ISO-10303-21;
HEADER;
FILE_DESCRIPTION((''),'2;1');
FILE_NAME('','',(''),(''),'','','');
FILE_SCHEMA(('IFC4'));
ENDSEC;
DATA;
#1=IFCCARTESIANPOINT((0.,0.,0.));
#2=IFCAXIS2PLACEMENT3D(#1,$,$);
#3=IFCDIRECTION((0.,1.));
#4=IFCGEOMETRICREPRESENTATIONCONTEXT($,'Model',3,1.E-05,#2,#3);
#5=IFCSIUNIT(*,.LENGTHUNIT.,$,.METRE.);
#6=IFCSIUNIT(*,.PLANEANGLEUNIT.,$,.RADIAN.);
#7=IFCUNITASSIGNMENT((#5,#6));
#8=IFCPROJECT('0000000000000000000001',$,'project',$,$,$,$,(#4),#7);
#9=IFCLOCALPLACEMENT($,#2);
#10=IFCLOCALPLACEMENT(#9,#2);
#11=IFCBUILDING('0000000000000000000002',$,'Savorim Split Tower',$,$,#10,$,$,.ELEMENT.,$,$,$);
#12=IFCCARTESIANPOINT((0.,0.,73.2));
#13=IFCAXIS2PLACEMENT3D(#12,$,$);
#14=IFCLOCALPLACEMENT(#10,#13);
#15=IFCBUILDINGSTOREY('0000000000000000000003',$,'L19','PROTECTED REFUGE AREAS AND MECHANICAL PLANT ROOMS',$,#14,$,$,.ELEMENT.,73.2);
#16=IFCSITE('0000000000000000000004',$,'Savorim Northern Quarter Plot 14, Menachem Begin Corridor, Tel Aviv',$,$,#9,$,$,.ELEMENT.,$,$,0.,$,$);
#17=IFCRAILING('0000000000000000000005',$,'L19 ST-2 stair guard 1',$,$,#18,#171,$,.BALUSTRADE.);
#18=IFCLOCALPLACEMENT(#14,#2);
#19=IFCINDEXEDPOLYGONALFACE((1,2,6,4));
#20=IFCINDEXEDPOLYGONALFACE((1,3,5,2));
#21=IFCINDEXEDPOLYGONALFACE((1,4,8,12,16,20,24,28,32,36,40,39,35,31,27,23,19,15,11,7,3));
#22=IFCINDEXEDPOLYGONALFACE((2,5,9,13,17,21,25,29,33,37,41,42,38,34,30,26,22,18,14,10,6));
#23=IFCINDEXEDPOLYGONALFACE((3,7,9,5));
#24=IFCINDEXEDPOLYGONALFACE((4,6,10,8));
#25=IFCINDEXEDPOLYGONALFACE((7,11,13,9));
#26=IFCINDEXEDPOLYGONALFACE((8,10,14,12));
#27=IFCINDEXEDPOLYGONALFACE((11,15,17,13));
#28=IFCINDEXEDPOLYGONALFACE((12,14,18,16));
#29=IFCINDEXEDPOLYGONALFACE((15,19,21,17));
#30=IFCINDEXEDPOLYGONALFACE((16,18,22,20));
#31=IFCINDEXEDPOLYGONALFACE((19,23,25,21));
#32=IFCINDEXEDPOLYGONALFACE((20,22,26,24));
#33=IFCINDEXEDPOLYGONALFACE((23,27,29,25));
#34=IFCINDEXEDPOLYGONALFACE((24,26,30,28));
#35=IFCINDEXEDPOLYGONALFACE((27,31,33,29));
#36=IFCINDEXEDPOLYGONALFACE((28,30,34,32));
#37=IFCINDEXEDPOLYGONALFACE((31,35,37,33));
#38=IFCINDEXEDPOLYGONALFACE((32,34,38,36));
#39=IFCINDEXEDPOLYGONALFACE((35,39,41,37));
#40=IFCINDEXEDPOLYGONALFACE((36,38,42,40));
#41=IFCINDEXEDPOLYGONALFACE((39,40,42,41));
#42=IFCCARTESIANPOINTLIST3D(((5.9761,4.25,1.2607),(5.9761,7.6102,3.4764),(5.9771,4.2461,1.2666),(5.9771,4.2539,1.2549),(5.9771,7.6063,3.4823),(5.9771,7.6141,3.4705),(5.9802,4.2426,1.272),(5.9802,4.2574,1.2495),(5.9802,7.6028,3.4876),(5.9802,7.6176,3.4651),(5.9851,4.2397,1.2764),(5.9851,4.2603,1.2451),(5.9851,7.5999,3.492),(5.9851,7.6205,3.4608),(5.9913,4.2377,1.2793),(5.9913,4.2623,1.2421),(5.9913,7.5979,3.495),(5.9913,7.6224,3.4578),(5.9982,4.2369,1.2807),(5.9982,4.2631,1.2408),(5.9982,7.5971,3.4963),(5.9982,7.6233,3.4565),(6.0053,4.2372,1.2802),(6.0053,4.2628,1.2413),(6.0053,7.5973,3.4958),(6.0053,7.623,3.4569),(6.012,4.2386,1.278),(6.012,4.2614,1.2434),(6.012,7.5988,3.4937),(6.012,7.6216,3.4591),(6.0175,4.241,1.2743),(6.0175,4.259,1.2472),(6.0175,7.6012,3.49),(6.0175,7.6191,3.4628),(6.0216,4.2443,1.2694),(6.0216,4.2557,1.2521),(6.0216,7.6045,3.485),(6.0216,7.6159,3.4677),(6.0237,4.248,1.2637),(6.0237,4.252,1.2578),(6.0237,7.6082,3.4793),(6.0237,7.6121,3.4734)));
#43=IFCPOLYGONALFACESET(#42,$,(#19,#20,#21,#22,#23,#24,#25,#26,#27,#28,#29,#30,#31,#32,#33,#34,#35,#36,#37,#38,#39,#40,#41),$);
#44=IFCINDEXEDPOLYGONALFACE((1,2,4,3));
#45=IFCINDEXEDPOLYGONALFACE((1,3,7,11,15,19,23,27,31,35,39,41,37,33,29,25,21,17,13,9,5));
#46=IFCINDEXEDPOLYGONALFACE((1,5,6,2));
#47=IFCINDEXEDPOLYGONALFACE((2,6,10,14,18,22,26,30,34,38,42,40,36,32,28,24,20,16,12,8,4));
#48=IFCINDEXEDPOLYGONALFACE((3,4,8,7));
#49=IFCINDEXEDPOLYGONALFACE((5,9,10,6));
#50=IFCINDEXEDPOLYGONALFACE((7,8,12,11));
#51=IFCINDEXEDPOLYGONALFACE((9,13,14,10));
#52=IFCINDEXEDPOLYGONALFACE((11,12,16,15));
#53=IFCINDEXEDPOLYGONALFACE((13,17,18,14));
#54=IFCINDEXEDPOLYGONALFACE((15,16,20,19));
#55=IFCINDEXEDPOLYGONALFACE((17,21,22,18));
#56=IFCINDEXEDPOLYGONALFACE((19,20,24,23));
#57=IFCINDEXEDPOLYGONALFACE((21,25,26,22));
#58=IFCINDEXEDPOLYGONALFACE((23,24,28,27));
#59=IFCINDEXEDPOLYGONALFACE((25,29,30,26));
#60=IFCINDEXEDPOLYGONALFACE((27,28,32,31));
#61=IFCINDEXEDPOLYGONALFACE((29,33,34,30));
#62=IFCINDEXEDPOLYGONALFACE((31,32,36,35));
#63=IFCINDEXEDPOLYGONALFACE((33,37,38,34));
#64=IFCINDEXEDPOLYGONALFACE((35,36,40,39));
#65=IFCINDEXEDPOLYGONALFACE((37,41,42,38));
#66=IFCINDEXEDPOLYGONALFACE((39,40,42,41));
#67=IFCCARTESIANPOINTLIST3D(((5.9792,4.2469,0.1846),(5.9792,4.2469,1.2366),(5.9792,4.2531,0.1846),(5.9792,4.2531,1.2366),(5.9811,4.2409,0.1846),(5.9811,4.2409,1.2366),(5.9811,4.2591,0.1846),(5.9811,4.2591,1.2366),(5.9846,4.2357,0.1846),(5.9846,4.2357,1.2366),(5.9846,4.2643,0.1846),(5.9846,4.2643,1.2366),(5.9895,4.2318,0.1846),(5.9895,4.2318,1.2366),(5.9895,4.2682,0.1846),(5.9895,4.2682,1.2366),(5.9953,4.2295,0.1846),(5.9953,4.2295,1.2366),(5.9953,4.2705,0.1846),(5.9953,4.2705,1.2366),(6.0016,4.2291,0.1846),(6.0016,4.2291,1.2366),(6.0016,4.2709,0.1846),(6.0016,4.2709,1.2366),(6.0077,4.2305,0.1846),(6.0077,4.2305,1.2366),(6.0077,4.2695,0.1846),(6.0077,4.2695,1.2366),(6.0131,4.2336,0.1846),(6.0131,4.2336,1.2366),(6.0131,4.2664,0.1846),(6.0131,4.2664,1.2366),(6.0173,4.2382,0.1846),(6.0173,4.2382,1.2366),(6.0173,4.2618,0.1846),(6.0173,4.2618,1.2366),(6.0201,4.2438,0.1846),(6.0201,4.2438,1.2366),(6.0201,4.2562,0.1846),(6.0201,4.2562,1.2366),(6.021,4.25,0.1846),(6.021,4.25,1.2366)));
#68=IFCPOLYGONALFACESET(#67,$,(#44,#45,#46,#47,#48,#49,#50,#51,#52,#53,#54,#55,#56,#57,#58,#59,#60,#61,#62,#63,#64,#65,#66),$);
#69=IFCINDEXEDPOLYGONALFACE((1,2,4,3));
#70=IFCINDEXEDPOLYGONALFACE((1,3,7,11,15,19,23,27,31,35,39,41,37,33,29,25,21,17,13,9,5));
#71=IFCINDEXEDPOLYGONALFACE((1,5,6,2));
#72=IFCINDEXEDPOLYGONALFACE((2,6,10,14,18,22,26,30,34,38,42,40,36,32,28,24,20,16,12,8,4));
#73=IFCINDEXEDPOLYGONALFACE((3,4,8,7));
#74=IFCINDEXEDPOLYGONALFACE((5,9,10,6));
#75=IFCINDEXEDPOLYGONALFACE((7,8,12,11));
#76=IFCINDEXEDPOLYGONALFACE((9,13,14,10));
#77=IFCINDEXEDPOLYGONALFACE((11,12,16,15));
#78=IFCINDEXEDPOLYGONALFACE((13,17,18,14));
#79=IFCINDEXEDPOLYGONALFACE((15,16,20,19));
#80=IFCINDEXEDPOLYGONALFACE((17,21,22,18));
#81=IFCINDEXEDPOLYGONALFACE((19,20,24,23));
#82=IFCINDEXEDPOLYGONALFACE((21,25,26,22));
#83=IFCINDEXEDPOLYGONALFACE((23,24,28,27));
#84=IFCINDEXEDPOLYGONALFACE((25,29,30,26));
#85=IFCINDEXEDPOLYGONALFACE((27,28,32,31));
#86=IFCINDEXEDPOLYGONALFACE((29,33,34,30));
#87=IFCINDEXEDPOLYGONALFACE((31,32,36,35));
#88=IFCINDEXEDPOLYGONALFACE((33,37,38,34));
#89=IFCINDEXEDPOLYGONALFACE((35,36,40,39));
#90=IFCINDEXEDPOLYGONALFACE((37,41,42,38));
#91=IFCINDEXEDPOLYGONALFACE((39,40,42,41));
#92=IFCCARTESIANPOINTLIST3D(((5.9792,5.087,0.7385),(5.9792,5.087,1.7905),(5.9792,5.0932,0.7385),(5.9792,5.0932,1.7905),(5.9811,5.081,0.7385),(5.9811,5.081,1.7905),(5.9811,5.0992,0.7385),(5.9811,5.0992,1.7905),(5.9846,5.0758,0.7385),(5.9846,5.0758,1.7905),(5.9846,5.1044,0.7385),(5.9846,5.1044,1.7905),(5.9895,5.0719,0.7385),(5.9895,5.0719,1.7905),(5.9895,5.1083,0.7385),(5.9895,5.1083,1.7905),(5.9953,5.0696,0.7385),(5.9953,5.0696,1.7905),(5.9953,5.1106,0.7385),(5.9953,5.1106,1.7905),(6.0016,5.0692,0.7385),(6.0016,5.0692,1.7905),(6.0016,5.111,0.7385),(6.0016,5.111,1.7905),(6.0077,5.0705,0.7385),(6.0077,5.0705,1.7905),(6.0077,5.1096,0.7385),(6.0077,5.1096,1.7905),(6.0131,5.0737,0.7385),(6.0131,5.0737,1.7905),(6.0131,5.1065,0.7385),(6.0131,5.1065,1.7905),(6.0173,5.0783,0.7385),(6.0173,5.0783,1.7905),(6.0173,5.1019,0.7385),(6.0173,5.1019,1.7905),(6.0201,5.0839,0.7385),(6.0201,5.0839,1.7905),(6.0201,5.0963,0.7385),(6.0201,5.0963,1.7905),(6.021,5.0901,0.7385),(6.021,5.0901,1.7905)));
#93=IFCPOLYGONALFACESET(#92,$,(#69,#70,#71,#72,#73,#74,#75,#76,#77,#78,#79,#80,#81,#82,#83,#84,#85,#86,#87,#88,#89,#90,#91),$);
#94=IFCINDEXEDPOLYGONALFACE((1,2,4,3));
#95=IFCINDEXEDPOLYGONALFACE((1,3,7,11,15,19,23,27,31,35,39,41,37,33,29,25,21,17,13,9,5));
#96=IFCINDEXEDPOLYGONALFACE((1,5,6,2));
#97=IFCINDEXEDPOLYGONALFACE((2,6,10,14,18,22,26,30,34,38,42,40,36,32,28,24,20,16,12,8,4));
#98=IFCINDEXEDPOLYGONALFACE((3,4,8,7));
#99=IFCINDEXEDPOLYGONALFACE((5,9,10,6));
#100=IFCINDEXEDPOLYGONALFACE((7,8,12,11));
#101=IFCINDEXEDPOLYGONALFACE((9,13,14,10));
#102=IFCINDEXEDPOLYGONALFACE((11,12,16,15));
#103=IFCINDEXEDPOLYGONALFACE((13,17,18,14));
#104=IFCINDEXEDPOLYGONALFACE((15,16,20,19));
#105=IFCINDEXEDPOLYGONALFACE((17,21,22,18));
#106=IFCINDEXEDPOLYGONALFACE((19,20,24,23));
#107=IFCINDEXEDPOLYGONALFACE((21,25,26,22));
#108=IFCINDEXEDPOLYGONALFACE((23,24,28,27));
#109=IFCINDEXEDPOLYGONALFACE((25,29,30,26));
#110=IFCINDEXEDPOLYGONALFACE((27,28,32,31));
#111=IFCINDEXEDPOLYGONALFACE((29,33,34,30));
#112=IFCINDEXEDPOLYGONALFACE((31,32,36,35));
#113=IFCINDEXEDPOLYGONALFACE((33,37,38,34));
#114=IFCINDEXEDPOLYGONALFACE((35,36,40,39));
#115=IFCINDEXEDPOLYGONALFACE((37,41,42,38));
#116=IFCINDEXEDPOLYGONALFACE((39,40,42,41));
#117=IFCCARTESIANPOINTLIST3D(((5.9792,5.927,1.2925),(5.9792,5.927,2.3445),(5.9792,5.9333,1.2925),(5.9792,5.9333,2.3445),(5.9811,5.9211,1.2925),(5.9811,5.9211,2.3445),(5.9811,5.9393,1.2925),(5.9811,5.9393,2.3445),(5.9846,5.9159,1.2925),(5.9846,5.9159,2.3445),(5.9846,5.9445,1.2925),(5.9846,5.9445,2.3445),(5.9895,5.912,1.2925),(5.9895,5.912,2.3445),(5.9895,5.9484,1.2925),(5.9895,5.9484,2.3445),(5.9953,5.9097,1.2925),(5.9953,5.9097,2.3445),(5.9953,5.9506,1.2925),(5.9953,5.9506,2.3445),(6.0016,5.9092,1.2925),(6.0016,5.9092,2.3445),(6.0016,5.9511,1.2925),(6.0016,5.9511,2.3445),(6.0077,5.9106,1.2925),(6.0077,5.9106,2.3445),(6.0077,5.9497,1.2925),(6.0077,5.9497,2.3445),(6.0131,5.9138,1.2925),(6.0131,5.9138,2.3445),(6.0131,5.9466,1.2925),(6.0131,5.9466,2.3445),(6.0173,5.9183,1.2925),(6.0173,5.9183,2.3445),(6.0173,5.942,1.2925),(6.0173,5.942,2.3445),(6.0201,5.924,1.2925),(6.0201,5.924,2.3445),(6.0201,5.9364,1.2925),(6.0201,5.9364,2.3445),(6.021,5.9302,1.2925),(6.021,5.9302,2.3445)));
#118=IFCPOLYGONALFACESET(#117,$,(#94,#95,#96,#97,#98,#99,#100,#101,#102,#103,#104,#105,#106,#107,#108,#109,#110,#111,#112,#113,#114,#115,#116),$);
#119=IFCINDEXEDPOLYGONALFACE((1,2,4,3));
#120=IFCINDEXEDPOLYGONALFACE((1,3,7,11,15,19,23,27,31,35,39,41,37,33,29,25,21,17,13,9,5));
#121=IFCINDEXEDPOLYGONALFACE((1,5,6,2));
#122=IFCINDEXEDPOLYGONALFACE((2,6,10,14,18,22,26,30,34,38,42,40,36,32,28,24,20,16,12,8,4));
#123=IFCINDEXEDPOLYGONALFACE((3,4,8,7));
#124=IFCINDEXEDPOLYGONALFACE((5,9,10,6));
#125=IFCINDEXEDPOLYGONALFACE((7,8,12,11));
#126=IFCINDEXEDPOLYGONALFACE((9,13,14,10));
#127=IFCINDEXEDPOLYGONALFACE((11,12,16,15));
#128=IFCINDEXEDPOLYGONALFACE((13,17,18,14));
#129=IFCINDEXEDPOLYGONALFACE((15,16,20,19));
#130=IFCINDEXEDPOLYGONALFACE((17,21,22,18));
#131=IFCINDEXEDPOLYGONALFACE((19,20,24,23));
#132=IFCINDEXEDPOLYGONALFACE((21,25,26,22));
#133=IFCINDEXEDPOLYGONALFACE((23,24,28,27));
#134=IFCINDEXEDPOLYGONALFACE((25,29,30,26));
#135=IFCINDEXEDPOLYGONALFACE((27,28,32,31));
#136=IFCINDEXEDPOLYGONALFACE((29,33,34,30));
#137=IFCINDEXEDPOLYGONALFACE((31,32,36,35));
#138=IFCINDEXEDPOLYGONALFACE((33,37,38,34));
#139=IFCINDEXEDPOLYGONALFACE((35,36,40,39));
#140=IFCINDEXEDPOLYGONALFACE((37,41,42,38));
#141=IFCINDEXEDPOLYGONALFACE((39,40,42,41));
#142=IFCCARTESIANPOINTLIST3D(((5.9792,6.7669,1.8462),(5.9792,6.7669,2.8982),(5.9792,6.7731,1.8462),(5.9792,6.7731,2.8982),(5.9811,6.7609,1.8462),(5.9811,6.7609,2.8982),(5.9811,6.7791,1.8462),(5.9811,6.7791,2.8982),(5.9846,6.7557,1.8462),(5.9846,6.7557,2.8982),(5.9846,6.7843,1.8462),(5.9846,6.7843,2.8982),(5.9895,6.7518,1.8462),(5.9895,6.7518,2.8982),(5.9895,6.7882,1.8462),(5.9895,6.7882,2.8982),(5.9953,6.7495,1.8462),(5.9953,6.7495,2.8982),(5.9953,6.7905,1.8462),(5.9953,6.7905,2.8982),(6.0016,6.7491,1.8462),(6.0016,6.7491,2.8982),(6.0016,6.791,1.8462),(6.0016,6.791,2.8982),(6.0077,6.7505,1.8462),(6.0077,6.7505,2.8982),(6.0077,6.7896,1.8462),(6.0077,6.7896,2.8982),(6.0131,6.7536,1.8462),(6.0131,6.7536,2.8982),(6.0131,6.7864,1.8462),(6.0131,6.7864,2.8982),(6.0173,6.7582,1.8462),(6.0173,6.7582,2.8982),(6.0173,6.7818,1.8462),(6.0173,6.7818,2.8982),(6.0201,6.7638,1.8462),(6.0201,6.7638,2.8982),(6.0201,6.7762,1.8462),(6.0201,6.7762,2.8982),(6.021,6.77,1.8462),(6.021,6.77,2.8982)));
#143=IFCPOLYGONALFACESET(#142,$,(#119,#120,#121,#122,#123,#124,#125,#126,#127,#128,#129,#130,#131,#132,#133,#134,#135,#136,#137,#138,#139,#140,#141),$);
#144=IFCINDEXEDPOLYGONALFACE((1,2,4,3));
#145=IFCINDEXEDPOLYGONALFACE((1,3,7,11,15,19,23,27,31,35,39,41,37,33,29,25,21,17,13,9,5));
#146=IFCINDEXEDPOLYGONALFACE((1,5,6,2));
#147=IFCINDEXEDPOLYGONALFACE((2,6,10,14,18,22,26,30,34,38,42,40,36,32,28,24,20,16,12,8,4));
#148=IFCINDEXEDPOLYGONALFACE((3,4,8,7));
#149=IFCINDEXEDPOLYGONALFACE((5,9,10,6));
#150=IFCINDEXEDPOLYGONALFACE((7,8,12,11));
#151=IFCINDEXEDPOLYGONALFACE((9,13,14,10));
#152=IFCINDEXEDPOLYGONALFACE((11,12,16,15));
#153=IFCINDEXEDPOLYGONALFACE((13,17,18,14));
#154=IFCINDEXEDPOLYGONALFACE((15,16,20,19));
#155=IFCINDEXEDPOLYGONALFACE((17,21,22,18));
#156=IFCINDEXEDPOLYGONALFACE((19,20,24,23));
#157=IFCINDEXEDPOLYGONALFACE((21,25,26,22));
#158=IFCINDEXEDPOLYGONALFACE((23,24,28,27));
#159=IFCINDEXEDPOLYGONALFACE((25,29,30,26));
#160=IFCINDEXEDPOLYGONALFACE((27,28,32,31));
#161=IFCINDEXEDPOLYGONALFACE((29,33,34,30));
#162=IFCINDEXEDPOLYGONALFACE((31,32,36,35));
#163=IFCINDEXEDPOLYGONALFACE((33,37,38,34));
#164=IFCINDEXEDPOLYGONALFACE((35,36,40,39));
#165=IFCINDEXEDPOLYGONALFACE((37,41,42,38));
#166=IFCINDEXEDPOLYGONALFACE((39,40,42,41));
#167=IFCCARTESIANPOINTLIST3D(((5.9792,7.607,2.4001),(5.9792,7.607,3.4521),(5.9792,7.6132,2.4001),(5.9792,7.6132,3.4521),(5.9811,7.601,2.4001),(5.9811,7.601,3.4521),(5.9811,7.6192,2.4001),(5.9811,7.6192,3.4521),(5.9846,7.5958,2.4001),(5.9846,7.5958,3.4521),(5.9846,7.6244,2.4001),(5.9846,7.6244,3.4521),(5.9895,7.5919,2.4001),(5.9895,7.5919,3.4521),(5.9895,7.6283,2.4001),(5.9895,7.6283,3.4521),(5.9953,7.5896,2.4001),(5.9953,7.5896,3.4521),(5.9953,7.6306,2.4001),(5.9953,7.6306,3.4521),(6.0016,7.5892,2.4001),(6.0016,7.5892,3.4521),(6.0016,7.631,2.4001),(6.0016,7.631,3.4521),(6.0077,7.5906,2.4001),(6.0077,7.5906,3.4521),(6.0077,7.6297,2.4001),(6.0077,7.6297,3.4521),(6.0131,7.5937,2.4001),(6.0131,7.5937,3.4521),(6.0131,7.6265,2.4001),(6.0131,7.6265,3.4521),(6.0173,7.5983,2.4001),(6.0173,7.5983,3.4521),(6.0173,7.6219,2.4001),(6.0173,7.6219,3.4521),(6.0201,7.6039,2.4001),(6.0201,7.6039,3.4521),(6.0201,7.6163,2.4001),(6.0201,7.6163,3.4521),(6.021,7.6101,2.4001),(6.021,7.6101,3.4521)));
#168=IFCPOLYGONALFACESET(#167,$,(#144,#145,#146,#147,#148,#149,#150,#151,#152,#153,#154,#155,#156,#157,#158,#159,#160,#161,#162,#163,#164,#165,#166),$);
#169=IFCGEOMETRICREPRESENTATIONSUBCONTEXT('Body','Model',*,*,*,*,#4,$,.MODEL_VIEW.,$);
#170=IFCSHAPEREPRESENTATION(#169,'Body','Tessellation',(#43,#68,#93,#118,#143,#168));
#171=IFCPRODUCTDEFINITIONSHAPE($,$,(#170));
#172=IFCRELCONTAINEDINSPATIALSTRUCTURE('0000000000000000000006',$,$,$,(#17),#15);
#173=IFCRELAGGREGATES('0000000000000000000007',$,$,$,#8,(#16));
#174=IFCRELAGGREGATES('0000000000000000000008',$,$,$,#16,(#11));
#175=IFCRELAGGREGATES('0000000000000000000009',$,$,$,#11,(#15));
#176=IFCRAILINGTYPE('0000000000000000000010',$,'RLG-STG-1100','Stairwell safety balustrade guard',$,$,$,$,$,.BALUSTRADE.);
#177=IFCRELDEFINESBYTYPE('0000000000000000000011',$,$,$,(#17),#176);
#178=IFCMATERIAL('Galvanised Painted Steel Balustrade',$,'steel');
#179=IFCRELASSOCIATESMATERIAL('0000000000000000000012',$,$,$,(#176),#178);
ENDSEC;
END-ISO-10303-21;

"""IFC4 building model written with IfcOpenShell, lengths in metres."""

from ifc_helpers import new_model, si_unit, direction, frame, origin, origin_2d, place, context, subcontext, project, spatial, circle, extrude, material, type_object, element, save


model = new_model("IFC4")

# Units and contexts
model_context = context("Model", 3, precision=1e-05, world=origin(), true_north=direction((0.0, 1.0)))
body_context = subcontext(model_context, "Body", "Model", "MODEL_VIEW")
ifc_project = project(units=[si_unit("LENGTHUNIT", "METRE"), si_unit("PLANEANGLEUNIT", "RADIAN")], contexts=[model_context])

# Site, building, storey
site_placement = place(None, origin())
site = spatial("IfcSite", under=ifc_project, at=site_placement, Name="Savorim Northern Quarter Plot 14, Menachem Begin Corridor, Tel Aviv", CompositionType="ELEMENT", RefElevation=0.0)
building_placement = place(site_placement, origin())
building = spatial("IfcBuilding", under=site, at=building_placement, Name="Savorim Split Tower", CompositionType="ELEMENT")
storey_placement = place(building_placement, frame((0.0, 0.0, 73.2)))
storey = spatial("IfcBuildingStorey", under=building, at=storey_placement, Name="L19", Description="PROTECTED REFUGE AREAS AND MECHANICAL PLANT ROOMS", CompositionType="ELEMENT", Elevation=73.2)

# Shared definitions
ifc_material_1 = material(Name="Galvanised Painted Steel Balustrade", Category="steel")

# Railing
railing_type_1 = type_object("IfcRailingType", Name="RLG-STG-1100", Description="Stairwell safety balustrade guard", PredefinedType="BALUSTRADE", material=ifc_material_1)
railing_1_placement = place(storey_placement, frame((6.0, 4.25, 0.1846)))
element("IfcRailing", 1, at=railing_1_placement, inside=storey, type_object=railing_type_1, Name="L19 ST-2 stair guard 1", PredefinedType="BALUSTRADE", context=body_context, shape_type="SweptSolid", body=[
    extrude(circle(Radius=0.0239, at=origin_2d()), frame((0.0, 0.0, 1.0762), z_axis=(0.0, 0.834849, 0.55048), x_axis=(-1.0, 0.0, 0.0)), (0.0, 0.0, 1.0), 4.0249),
    extrude(circle(Radius=0.021, at=origin_2d()), origin(), (0.0, 0.0, 1.0), 1.052),
    extrude(circle(Radius=0.021, at=origin_2d()), frame((0.0, 0.8401, 0.554)), (0.0, 0.0, 1.0), 1.052),
    extrude(circle(Radius=0.021, at=origin_2d()), frame((0.0, 1.6802, 1.1079)), (0.0, 0.0, 1.0), 1.052),
    extrude(circle(Radius=0.021, at=origin_2d()), frame((0.0, 2.52, 1.6616)), (0.0, 0.0, 1.0), 1.052),
    extrude(circle(Radius=0.021, at=origin_2d()), frame((0.0, 3.3601, 2.2156)), (0.0, 0.0, 1.0), 1.052),
])

save(model, "model.ifc")
